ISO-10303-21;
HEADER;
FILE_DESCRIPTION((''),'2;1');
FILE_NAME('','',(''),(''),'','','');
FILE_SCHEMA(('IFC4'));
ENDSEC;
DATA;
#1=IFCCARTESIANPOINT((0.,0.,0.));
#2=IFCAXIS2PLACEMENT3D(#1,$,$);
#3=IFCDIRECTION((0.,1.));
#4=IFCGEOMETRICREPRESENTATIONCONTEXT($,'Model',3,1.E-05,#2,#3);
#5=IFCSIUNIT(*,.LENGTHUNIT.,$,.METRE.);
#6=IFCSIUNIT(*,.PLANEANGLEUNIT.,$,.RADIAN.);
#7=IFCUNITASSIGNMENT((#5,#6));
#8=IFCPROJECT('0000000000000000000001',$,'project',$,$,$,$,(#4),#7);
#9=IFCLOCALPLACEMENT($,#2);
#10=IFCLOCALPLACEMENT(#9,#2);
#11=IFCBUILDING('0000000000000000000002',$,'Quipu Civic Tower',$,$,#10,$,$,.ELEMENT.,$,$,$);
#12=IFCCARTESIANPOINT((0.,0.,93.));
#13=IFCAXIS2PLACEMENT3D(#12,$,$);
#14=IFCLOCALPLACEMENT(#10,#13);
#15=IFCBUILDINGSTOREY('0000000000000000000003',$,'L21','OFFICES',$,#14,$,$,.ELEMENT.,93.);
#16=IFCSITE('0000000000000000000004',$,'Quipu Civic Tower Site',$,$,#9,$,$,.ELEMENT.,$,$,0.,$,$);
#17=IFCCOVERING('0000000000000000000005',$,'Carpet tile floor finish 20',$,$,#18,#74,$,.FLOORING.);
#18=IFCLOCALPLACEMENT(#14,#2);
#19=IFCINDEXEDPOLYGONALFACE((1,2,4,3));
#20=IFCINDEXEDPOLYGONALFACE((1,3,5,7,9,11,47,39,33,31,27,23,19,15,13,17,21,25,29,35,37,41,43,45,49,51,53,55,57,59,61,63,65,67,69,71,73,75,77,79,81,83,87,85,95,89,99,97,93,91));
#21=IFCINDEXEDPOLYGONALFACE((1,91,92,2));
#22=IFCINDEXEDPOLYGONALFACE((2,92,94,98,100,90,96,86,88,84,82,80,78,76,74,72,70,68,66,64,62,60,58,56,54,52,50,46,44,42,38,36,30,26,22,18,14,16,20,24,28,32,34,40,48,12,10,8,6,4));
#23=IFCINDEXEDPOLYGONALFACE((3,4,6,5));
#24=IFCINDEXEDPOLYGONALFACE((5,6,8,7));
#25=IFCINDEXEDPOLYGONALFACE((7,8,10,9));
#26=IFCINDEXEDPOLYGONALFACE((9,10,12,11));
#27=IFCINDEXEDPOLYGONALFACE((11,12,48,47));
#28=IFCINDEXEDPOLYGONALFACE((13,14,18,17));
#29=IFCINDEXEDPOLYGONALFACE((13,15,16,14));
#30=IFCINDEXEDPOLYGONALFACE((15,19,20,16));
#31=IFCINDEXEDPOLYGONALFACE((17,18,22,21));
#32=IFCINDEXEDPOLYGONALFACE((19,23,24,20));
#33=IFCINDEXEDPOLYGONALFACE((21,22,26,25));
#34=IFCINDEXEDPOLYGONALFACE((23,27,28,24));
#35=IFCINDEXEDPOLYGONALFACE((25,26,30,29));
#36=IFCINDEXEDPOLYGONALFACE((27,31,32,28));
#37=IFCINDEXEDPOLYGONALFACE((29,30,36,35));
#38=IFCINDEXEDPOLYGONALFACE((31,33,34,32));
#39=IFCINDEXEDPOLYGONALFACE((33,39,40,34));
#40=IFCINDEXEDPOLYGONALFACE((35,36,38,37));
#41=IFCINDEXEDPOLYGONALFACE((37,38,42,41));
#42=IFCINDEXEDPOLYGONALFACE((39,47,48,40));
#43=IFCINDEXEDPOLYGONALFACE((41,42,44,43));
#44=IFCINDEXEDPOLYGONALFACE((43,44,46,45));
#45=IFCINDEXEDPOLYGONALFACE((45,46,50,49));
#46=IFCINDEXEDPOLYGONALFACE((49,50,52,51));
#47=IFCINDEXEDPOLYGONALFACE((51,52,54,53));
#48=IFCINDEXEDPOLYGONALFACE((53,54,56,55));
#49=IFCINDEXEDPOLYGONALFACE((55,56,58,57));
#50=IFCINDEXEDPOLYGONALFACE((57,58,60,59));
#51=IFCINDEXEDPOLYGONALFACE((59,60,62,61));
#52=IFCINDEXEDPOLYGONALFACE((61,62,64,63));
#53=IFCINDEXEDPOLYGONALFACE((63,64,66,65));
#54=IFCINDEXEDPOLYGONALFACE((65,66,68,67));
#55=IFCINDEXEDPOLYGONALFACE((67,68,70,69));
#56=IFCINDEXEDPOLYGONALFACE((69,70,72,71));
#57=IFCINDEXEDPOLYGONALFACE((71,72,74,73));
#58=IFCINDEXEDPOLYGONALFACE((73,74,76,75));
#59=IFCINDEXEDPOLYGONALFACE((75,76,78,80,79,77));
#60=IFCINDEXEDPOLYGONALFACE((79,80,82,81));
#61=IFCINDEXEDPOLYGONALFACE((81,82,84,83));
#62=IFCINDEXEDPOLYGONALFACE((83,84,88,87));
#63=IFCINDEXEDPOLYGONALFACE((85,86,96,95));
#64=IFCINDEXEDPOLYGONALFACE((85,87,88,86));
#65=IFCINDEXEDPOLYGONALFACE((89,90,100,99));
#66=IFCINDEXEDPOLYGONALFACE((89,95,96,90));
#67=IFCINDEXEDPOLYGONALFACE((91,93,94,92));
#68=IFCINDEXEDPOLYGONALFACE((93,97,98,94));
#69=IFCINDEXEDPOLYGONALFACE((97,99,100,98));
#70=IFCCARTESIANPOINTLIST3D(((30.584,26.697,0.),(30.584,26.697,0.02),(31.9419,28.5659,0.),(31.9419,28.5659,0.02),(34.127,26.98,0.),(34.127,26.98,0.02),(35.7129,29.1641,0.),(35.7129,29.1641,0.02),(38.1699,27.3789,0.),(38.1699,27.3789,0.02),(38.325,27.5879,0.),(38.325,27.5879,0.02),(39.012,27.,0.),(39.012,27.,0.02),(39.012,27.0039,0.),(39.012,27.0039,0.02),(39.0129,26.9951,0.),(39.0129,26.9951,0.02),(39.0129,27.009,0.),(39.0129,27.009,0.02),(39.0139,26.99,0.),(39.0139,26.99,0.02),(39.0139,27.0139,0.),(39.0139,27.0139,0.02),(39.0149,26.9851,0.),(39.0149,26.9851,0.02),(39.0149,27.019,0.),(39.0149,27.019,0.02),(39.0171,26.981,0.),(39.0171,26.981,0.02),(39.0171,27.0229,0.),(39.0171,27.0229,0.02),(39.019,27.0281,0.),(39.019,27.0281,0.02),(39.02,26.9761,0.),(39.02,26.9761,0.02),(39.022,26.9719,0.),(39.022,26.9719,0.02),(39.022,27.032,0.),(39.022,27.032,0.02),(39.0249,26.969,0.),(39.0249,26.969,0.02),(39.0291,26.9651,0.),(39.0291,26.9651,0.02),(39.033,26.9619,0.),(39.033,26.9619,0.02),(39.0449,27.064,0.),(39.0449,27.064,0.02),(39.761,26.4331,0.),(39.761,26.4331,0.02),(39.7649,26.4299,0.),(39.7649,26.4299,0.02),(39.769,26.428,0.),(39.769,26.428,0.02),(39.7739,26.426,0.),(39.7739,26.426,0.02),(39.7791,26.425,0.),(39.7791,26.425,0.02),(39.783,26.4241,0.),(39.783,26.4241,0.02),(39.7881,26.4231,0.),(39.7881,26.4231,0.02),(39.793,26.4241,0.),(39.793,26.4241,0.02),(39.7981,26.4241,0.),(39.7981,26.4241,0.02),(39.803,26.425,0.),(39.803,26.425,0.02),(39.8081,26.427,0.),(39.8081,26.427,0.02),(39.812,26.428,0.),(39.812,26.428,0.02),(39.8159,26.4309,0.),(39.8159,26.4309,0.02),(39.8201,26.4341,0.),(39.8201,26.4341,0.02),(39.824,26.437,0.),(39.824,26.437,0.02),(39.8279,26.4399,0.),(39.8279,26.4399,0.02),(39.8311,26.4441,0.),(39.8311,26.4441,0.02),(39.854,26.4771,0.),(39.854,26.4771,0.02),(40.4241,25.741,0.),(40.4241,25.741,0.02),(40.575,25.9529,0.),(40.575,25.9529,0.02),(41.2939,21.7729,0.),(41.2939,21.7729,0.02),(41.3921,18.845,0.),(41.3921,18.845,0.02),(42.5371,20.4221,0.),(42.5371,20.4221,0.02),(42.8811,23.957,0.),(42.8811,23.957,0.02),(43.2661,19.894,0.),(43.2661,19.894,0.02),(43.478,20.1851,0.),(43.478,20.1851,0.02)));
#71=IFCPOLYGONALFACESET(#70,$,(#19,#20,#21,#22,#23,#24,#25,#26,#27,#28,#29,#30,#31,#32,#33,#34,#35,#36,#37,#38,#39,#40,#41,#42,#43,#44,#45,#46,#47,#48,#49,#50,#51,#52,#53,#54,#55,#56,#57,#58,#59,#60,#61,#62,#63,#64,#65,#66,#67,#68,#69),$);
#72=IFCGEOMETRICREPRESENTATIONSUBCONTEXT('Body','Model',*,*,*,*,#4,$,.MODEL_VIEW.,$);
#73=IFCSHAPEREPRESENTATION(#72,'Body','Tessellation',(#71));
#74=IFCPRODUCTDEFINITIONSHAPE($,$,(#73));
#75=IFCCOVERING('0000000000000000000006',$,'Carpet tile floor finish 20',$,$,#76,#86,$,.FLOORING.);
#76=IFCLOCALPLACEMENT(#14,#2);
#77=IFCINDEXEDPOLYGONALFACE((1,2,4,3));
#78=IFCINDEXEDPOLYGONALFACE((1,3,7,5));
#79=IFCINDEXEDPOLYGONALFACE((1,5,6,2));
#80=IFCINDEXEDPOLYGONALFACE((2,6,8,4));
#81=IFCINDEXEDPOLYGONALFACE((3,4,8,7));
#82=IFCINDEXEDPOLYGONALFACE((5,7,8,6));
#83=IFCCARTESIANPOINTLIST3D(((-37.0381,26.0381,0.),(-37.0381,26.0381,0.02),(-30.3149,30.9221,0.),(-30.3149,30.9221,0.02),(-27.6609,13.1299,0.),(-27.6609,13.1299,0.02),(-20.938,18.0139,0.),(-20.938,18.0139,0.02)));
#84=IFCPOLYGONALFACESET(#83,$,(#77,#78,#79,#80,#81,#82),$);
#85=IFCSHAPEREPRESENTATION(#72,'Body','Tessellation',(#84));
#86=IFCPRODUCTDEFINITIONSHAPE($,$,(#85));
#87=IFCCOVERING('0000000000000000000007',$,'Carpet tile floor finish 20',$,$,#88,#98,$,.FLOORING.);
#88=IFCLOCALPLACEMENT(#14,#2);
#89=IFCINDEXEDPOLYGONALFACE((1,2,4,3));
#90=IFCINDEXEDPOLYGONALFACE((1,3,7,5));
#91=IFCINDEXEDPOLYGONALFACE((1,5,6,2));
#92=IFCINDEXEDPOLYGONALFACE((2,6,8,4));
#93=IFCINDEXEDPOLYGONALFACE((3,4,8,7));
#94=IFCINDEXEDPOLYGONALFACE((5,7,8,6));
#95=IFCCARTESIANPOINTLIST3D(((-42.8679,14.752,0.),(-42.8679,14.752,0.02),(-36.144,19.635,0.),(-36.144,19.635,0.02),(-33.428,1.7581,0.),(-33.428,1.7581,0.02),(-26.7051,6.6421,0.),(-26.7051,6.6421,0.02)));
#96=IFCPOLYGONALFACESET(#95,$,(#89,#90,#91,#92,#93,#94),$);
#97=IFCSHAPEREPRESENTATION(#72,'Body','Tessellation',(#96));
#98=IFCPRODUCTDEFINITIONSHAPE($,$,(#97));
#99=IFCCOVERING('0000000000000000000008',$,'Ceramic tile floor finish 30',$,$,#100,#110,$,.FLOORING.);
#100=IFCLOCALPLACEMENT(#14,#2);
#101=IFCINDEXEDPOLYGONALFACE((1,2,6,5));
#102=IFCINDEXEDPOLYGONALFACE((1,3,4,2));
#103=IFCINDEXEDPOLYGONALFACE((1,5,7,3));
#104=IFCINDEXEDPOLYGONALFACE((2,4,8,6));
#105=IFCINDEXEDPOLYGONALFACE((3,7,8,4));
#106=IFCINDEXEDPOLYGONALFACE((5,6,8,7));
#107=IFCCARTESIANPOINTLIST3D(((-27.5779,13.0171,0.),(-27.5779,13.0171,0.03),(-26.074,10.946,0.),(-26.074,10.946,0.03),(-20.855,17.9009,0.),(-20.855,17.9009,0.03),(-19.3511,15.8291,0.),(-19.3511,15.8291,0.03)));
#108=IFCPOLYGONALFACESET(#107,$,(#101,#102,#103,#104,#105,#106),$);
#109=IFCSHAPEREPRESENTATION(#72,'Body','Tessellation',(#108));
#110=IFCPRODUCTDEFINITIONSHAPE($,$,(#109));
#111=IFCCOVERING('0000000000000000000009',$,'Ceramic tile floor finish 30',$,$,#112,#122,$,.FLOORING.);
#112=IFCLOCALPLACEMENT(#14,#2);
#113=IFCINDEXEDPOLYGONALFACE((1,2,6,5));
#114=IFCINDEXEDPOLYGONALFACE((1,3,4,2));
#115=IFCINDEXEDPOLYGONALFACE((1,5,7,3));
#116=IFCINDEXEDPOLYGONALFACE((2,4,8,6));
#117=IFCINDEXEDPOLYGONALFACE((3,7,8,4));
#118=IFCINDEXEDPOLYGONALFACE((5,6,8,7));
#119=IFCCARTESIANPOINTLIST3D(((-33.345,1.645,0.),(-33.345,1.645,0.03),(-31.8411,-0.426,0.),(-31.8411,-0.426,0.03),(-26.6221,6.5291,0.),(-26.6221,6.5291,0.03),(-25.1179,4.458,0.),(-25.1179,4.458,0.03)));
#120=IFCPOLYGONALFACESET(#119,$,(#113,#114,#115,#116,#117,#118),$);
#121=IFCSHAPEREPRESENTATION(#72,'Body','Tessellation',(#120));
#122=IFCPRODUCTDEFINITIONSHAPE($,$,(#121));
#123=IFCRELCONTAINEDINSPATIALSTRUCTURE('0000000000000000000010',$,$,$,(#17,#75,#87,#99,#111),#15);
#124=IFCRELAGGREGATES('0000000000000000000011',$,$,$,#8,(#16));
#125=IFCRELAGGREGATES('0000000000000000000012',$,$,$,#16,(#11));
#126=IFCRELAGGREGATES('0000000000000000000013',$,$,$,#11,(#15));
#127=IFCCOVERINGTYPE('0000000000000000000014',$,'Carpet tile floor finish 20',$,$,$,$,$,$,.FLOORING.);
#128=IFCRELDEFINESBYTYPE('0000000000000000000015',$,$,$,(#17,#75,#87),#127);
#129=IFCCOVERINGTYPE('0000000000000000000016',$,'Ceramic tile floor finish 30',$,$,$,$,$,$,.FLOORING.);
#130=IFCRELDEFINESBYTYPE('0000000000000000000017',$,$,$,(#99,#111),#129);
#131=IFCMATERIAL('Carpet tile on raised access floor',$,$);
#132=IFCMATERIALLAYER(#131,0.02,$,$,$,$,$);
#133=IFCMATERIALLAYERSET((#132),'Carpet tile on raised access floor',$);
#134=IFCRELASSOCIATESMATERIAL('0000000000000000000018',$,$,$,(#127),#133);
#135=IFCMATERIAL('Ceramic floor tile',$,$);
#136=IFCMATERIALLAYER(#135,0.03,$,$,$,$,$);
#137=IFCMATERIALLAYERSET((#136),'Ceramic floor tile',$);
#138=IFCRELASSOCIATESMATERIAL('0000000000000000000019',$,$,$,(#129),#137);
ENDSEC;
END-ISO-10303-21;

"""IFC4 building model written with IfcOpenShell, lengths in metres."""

from ifc_helpers import new_model, si_unit, direction, frame, origin, place, context, subcontext, project, spatial, polyline, outline, extrude, material, layer, layer_set, type_object, element, save


model = new_model("IFC4")

# Units and contexts
model_context = context("Model", 3, precision=1e-05, world=origin(), true_north=direction((0.0, 1.0)))
body_context = subcontext(model_context, "Body", "Model", "MODEL_VIEW")
ifc_project = project(units=[si_unit("LENGTHUNIT", "METRE"), si_unit("PLANEANGLEUNIT", "RADIAN")], contexts=[model_context])

# Site, building, storey
site_placement = place(None, origin())
site = spatial("IfcSite", under=ifc_project, at=site_placement, Name="Quipu Civic Tower Site", CompositionType="ELEMENT", RefElevation=0.0)
building_placement = place(site_placement, origin())
building = spatial("IfcBuilding", under=site, at=building_placement, Name="Quipu Civic Tower", CompositionType="ELEMENT")
storey_placement = place(building_placement, frame((0.0, 0.0, 93.0)))
storey = spatial("IfcBuildingStorey", under=building, at=storey_placement, Name="L21", Description="OFFICES", CompositionType="ELEMENT", Elevation=93.0)

# Coverings
ifc_material_1 = material(Name="Carpet tile on raised access floor")
ifc_layer_1 = layer(ifc_material_1, 0.02)
ifc_layer_set_1 = layer_set([ifc_layer_1], Name="Carpet tile on raised access floor")
covering_type_1 = type_object("IfcCoveringType", Name="Carpet tile floor finish 20", PredefinedType="FLOORING", material=ifc_layer_set_1)
covering_1_placement = place(storey_placement, origin())
element("IfcCovering", 1, at=covering_1_placement, inside=storey, type_object=covering_type_1, Name="Carpet tile floor finish 20", PredefinedType="FLOORING", context=body_context, shape_type="SweptSolid", body=[
    extrude(outline(polyline([(30.584, 26.697), (31.9419, 28.5659), (34.127, 26.98), (35.7129, 29.1641), (38.1699, 27.3789), (38.325, 27.5879), (39.0449, 27.064), (39.022, 27.032), (39.019, 27.0281), (39.0171, 27.0229), (39.0149, 27.019), (39.0139, 27.0139), (39.0129, 27.009), (39.012, 27.0039), (39.012, 27.0), (39.0129, 26.9951), (39.0139, 26.99), (39.0149, 26.9851), (39.0171, 26.981), (39.02, 26.9761), (39.022, 26.9719), (39.0249, 26.969), (39.0291, 26.9651), (39.033, 26.9619), (39.761, 26.4331), (39.7649, 26.4299), (39.769, 26.428), (39.7739, 26.426), (39.7791, 26.425), (39.783, 26.4241), (39.7881, 26.4231), (39.793, 26.4241), (39.7981, 26.4241), (39.803, 26.425), (39.8081, 26.427), (39.812, 26.428), (39.8159, 26.4309), (39.8201, 26.4341), (39.824, 26.437), (39.8279, 26.4399), (39.8311, 26.4441), (39.854, 26.4771), (40.575, 25.9529), (40.4241, 25.741), (42.8811, 23.957), (41.2939, 21.7729), (43.478, 20.1851), (43.2661, 19.894), (42.5371, 20.4221), (41.3921, 18.845), (30.584, 26.697)])), origin(), (0.0, 0.0, 1.0), 0.02),
])
covering_2_placement = place(storey_placement, origin())
element("IfcCovering", 2, at=covering_2_placement, inside=storey, type_object=covering_type_1, Name="Carpet tile floor finish 20", PredefinedType="FLOORING", context=body_context, shape_type="SweptSolid", body=[
    extrude(outline(polyline([(-37.0381, 26.0381), (-30.3149, 30.9221), (-20.938, 18.0139), (-27.6609, 13.1299), (-37.0381, 26.0381)])), origin(), (0.0, 0.0, 1.0), 0.02),
])
covering_3_placement = place(storey_placement, origin())
element("IfcCovering", 3, at=covering_3_placement, inside=storey, type_object=covering_type_1, Name="Carpet tile floor finish 20", PredefinedType="FLOORING", context=body_context, shape_type="SweptSolid", body=[
    extrude(outline(polyline([(-42.8679, 14.752), (-36.144, 19.635), (-26.7051, 6.6421), (-33.428, 1.7581), (-42.8679, 14.752)])), origin(), (0.0, 0.0, 1.0), 0.02),
])
ifc_material_2 = material(Name="Ceramic floor tile")
ifc_layer_2 = layer(ifc_material_2, 0.03)
ifc_layer_set_2 = layer_set([ifc_layer_2], Name="Ceramic floor tile")
covering_type_2 = type_object("IfcCoveringType", Name="Ceramic tile floor finish 30", PredefinedType="FLOORING", material=ifc_layer_set_2)
covering_4_placement = place(storey_placement, origin())
element("IfcCovering", 4, at=covering_4_placement, inside=storey, type_object=covering_type_2, Name="Ceramic tile floor finish 30", PredefinedType="FLOORING", context=body_context, shape_type="SweptSolid", body=[
    extrude(outline(polyline([(-27.5779, 13.0171), (-20.855, 17.9009), (-19.3511, 15.8291), (-26.074, 10.946), (-27.5779, 13.0171)])), origin(), (0.0, 0.0, 1.0), 0.03),
])
covering_5_placement = place(storey_placement, origin())
element("IfcCovering", 5, at=covering_5_placement, inside=storey, type_object=covering_type_2, Name="Ceramic tile floor finish 30", PredefinedType="FLOORING", context=body_context, shape_type="SweptSolid", body=[
    extrude(outline(polyline([(-33.345, 1.645), (-26.6221, 6.5291), (-25.1179, 4.458), (-31.8411, -0.426), (-33.345, 1.645)])), origin(), (0.0, 0.0, 1.0), 0.03),
])

save(model, "model.ifc")
